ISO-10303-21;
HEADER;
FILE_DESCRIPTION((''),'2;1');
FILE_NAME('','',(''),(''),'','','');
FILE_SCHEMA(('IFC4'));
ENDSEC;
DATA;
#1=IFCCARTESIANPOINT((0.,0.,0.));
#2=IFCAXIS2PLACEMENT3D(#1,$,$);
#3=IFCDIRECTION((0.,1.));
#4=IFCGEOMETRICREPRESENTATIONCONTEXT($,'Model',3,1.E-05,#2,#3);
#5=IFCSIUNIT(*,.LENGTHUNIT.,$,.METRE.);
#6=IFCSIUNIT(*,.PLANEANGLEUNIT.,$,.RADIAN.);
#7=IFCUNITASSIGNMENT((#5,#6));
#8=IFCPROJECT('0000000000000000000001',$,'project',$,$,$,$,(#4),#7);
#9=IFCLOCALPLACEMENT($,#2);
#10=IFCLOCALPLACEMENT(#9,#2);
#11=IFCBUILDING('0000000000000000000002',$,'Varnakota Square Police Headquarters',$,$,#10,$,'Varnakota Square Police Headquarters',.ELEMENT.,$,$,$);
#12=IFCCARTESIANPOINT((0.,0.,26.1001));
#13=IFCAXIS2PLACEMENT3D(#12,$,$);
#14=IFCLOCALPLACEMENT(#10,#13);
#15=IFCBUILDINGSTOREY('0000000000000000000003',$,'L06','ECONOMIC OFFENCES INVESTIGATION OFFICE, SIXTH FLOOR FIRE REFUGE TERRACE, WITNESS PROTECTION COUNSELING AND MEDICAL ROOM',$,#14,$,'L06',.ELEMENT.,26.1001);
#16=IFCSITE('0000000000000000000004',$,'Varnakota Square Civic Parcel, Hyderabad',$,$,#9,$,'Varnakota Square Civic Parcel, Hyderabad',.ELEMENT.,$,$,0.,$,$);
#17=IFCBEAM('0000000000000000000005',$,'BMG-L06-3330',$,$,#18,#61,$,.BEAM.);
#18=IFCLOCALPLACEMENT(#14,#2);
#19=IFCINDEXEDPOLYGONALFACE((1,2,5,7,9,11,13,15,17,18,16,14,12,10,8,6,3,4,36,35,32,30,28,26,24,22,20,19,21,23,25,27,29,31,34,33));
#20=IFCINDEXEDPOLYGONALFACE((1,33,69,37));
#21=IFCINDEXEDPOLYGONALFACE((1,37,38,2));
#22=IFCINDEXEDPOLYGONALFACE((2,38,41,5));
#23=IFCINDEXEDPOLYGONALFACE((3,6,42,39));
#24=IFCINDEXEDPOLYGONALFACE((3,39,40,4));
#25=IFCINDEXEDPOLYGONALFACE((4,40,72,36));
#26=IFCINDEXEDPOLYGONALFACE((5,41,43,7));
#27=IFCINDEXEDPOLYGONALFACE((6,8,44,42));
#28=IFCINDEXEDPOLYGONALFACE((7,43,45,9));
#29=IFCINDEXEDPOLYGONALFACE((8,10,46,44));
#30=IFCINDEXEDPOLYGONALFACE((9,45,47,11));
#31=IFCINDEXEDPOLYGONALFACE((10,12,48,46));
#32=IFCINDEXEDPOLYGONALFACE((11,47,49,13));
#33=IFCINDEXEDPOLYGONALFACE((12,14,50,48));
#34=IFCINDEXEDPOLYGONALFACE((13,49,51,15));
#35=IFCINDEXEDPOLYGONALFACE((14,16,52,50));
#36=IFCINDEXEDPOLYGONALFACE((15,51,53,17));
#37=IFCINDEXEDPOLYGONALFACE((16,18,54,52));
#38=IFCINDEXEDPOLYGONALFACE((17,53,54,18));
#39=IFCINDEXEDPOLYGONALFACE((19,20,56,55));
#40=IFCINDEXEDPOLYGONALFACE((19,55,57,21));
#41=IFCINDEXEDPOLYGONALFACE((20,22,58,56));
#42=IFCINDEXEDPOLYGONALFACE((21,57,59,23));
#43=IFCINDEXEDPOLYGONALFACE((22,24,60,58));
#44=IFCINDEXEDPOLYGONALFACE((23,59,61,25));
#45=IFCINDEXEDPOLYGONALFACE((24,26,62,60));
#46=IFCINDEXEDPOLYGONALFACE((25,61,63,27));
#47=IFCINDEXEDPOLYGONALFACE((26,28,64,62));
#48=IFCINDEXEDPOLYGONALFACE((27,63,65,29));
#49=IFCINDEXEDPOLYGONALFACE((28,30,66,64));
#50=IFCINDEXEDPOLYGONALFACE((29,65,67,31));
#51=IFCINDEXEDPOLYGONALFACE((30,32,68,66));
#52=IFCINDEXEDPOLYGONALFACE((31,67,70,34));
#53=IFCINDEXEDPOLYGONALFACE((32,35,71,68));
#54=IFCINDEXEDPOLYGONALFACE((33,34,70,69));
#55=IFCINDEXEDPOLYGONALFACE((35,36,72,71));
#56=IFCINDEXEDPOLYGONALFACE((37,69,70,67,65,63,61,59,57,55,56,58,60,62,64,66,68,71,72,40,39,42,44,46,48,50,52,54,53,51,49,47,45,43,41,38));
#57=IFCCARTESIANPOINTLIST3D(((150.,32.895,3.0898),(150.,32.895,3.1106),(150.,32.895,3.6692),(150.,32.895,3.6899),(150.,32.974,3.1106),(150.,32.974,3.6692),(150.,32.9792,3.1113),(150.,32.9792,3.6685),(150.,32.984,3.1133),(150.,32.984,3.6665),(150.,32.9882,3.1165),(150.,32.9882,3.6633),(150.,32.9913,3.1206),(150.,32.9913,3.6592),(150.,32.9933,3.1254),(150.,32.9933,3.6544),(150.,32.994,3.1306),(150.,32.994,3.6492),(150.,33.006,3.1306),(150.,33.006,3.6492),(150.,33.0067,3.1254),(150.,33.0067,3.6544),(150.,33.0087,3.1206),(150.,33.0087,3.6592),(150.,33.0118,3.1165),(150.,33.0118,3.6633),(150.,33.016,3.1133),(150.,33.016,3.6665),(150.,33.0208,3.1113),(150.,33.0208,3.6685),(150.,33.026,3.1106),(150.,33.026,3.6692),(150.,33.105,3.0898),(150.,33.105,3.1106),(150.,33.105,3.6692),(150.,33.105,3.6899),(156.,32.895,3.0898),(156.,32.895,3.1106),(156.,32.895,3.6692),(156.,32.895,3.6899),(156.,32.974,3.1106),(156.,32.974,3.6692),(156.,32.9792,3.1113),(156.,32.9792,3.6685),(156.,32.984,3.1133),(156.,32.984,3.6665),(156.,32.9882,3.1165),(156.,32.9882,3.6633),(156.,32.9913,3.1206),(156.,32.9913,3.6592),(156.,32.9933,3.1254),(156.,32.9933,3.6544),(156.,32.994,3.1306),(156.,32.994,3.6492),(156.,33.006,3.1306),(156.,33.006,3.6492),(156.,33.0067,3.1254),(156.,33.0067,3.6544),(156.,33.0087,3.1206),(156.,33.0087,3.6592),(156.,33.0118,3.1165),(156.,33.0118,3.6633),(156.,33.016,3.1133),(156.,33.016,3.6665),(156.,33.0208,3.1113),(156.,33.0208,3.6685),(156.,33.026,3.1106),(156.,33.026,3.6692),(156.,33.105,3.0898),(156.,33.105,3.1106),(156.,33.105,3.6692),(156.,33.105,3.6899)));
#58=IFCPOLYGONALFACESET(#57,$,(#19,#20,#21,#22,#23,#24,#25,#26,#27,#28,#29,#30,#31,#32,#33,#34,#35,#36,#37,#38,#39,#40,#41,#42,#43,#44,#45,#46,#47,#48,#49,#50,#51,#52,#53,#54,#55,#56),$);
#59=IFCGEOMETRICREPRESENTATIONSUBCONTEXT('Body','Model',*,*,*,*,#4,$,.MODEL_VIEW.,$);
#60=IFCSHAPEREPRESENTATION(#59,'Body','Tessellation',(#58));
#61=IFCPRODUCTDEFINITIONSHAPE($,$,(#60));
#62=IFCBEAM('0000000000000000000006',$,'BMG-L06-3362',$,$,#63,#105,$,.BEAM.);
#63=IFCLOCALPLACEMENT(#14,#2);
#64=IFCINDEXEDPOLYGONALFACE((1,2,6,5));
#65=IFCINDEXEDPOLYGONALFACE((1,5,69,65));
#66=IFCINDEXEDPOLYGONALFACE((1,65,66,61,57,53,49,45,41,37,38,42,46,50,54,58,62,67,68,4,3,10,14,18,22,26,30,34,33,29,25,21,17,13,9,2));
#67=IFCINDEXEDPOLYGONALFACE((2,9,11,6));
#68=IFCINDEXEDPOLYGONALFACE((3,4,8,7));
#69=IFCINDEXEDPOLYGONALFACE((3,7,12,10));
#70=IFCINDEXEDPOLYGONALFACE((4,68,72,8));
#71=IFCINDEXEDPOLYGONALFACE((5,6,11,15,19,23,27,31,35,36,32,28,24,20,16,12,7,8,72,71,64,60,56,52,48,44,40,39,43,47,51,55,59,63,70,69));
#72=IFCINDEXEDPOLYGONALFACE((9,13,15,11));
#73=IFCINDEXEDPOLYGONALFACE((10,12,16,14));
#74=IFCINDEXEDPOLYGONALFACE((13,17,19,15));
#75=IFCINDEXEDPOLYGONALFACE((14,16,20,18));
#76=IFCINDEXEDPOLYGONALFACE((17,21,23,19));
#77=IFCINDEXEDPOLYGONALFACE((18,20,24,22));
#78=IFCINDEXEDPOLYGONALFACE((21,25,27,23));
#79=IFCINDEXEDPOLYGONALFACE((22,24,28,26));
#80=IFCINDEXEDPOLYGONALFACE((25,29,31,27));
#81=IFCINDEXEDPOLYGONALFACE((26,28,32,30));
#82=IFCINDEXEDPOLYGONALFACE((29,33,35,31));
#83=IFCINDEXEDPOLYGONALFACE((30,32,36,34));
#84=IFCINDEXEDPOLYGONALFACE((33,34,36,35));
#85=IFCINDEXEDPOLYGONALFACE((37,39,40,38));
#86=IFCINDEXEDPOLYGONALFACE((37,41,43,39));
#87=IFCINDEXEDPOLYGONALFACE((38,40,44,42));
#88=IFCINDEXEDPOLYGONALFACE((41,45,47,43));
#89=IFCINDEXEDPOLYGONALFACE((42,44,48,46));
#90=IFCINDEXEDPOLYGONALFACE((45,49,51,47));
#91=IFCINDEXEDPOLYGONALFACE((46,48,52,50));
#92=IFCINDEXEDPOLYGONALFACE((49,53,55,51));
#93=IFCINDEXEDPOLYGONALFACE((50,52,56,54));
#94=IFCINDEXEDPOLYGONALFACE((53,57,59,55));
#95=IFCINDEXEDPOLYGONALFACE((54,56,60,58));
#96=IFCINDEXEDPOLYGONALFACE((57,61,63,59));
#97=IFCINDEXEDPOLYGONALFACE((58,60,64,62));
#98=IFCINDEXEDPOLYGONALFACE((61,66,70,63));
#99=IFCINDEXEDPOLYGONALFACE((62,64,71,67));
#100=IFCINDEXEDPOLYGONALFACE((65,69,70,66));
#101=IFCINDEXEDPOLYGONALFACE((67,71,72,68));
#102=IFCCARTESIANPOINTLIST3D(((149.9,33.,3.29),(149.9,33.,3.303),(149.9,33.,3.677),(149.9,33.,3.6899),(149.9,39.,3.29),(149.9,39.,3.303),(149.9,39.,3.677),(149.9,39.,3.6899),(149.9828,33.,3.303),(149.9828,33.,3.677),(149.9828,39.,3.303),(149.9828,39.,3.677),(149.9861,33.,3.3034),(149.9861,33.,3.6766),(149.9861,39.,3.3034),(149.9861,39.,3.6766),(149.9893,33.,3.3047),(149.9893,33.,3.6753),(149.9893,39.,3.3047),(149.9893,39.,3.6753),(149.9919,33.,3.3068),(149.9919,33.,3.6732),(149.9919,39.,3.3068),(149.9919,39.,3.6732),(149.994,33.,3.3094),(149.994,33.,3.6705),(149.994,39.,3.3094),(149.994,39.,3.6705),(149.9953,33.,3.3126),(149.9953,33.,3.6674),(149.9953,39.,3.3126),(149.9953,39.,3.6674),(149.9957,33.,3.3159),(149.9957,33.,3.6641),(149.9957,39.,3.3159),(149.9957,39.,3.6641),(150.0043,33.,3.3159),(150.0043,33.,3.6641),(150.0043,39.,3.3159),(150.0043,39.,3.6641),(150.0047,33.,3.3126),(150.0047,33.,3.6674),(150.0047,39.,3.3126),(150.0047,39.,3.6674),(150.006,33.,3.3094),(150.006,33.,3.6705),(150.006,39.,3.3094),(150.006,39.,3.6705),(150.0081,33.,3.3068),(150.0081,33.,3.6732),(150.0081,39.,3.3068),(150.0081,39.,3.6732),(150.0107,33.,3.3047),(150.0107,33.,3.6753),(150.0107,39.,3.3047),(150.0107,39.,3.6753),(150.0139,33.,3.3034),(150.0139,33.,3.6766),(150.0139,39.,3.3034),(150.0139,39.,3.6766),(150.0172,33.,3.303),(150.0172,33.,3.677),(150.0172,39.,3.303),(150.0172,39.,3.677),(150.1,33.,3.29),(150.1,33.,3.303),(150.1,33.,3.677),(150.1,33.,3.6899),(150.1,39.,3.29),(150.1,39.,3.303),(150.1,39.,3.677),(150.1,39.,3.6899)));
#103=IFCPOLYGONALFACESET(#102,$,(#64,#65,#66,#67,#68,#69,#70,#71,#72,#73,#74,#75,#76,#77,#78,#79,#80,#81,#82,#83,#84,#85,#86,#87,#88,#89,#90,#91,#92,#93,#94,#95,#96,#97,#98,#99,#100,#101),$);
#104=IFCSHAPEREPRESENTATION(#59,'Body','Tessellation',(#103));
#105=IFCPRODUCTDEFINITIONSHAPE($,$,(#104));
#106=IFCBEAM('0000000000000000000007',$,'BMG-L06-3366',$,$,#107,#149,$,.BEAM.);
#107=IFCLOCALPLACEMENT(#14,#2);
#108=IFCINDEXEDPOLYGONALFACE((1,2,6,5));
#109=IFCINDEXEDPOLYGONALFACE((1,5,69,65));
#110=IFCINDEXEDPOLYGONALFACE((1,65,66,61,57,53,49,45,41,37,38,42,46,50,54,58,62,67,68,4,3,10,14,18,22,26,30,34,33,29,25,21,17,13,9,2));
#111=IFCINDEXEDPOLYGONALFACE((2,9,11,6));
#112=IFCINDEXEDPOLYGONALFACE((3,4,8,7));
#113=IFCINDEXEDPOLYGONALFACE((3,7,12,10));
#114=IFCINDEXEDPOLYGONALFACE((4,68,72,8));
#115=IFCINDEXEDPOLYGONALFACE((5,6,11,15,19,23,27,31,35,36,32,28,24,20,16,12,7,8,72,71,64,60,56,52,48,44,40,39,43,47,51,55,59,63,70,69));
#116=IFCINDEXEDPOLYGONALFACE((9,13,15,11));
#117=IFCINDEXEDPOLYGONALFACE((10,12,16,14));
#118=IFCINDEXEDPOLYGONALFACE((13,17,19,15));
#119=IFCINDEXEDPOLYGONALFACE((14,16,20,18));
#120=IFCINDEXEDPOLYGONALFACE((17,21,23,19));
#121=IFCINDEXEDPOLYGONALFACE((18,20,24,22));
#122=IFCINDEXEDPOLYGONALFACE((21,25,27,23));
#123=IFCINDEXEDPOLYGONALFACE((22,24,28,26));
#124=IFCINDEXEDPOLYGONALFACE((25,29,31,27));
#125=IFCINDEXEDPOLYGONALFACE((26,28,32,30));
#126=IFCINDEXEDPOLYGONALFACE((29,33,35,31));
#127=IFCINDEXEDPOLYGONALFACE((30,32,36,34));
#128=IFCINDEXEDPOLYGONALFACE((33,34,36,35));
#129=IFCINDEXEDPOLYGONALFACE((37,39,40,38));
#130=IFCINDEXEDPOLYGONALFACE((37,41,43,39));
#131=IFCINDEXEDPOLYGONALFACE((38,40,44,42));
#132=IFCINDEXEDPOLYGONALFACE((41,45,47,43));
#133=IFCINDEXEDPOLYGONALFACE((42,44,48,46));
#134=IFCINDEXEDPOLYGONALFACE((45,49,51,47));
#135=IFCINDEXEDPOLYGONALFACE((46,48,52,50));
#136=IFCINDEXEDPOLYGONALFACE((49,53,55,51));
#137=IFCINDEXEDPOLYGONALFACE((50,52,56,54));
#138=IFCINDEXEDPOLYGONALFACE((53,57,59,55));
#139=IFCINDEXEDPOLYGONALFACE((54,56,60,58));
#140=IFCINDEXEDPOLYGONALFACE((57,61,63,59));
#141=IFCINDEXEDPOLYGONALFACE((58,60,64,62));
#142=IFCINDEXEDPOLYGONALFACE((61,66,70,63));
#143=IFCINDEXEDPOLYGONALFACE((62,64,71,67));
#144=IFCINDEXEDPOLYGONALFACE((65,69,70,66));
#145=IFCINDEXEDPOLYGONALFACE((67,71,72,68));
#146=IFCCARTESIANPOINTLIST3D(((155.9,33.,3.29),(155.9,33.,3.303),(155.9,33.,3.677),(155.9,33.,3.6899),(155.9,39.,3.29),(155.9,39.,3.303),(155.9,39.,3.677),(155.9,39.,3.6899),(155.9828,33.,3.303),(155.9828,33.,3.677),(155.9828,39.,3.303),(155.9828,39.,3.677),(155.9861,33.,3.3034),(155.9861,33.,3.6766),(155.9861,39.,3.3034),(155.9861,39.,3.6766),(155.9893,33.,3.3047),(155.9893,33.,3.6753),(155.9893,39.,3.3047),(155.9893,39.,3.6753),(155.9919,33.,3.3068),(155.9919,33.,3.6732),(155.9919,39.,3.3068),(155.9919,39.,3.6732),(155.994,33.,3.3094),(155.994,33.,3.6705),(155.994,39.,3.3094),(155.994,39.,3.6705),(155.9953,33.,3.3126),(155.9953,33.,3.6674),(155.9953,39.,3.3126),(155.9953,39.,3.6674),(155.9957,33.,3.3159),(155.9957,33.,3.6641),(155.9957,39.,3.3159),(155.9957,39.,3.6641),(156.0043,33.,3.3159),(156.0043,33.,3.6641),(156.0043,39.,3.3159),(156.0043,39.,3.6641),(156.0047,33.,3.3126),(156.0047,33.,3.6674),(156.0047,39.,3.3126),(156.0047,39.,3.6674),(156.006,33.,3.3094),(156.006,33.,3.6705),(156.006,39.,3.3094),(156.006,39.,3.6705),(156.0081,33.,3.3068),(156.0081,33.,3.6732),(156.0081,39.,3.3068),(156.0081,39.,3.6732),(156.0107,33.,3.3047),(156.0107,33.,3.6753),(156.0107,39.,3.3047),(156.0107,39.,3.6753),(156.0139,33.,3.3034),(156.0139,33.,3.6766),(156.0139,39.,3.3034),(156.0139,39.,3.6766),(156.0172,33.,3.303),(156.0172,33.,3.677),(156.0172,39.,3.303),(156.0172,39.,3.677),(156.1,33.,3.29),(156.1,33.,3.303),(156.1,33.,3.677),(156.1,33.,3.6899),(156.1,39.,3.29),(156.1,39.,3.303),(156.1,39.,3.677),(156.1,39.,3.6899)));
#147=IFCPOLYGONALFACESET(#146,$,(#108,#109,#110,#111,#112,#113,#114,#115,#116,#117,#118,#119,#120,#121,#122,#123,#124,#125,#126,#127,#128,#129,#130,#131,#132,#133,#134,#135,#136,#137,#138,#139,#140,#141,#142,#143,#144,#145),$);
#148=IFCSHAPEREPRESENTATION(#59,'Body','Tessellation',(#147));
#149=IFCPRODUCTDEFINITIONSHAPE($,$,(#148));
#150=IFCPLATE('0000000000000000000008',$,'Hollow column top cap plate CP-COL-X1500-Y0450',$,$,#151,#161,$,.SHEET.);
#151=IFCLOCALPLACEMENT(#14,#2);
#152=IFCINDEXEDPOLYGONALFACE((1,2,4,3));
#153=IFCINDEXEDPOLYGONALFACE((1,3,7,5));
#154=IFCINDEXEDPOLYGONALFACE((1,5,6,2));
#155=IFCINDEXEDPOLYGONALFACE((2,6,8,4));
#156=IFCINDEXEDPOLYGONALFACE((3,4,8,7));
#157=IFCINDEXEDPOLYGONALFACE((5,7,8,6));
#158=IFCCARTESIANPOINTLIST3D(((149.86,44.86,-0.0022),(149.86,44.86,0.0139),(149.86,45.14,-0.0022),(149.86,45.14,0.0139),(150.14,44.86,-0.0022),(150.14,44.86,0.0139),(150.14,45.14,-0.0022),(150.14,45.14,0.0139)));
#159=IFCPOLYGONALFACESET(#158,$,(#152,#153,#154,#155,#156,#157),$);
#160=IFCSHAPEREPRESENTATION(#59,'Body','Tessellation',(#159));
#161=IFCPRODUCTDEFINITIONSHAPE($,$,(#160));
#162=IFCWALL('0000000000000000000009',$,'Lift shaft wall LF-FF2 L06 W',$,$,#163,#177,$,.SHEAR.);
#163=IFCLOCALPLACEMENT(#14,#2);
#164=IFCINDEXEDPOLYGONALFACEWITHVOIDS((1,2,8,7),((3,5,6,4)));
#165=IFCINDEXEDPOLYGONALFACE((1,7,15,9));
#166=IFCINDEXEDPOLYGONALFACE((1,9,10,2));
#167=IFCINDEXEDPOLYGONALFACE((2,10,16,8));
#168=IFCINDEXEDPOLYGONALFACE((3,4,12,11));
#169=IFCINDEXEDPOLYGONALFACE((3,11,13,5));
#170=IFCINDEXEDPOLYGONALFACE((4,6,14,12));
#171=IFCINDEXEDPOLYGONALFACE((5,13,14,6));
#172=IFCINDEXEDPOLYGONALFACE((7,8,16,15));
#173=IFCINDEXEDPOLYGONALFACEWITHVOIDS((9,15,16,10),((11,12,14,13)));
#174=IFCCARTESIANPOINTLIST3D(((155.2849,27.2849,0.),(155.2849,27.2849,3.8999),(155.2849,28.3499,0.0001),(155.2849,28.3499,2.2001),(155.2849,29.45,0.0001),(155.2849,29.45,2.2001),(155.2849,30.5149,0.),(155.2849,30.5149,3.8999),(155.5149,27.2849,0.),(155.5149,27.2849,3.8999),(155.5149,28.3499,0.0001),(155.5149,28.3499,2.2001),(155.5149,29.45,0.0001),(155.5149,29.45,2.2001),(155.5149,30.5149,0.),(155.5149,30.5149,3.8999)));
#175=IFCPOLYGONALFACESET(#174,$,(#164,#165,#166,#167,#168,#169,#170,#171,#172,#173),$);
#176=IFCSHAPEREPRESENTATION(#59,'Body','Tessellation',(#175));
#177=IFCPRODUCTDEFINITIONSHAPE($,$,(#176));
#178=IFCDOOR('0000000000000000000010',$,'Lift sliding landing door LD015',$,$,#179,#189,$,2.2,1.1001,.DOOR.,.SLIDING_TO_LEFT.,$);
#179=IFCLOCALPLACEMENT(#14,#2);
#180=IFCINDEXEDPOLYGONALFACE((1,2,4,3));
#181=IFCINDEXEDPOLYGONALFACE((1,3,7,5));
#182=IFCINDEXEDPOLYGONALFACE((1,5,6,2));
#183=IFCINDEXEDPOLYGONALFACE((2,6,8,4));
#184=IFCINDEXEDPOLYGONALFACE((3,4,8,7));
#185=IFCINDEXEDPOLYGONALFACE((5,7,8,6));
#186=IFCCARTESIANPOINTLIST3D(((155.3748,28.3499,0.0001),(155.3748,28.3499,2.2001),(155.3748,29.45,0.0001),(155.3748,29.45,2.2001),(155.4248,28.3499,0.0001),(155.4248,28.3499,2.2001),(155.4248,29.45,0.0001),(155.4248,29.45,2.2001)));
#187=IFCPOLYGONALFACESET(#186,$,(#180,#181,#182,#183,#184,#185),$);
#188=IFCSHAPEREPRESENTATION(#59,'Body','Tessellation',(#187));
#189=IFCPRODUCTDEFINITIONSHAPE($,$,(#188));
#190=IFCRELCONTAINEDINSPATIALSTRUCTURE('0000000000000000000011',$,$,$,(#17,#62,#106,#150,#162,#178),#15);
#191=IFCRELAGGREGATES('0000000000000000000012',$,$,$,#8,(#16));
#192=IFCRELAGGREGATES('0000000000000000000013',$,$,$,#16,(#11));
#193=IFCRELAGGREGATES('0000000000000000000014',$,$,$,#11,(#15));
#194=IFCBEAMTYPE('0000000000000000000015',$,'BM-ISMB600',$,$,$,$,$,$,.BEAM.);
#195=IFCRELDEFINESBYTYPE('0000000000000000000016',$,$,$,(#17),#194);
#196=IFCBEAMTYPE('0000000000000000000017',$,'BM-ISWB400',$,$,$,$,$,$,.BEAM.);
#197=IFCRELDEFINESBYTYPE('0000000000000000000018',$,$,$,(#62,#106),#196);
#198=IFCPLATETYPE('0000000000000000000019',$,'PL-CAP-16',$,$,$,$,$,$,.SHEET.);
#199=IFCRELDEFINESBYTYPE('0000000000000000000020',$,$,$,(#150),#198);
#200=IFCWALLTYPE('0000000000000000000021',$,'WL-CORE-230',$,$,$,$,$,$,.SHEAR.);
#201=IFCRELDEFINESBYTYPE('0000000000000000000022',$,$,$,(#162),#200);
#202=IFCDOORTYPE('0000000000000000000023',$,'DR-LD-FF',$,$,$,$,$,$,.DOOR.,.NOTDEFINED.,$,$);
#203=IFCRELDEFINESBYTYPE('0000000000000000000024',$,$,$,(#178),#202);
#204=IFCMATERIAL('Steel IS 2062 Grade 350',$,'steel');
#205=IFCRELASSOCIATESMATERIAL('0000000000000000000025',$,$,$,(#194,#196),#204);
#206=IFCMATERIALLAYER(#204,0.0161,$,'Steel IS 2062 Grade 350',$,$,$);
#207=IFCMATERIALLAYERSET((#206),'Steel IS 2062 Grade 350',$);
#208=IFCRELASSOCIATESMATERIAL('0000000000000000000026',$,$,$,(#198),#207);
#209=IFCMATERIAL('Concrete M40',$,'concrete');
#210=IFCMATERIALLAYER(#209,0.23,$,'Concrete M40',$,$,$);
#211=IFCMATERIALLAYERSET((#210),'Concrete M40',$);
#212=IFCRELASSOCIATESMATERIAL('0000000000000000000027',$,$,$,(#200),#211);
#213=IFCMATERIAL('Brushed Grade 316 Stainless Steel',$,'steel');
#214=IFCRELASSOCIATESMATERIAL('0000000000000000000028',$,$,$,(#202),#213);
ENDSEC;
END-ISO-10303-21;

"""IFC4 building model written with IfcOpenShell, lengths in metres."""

from ifc_helpers import new_model, si_unit, direction, frame, frame_2d, origin, origin_2d, place, context, subcontext, project, spatial, rectangle, i_section, extrude, material, layer, layer_set, material_profile, profile_set, type_object, element, fill, save


model = new_model("IFC4")

# Units and contexts
model_context = context("Model", 3, precision=1e-05, world=origin(), true_north=direction((0.0, 1.0)))
body_context = subcontext(model_context, "Body", "Model", "MODEL_VIEW")
ifc_project = project(units=[si_unit("LENGTHUNIT", "METRE"), si_unit("PLANEANGLEUNIT", "RADIAN")], contexts=[model_context])

# Site, building, storey
site_placement = place(None, origin())
site = spatial("IfcSite", under=ifc_project, at=site_placement, Name="Varnakota Square Civic Parcel, Hyderabad", LongName="Varnakota Square Civic Parcel, Hyderabad", CompositionType="ELEMENT", RefElevation=0.0)
building_placement = place(site_placement, origin())
building = spatial("IfcBuilding", under=site, at=building_placement, Name="Varnakota Square Police Headquarters", LongName="Varnakota Square Police Headquarters", CompositionType="ELEMENT")
storey_placement = place(building_placement, frame((0.0, 0.0, 26.1001)))
storey = spatial("IfcBuildingStorey", under=building, at=storey_placement, Name="L06", Description="ECONOMIC OFFENCES INVESTIGATION OFFICE, SIXTH FLOOR FIRE REFUGE TERRACE, WITNESS PROTECTION COUNSELING AND MEDICAL ROOM", LongName="L06", CompositionType="ELEMENT", Elevation=26.1001)

# Shared definitions
ifc_material_1 = material(Name="Steel IS 2062 Grade 350", Category="steel")

# Beams
ifc_material_profile_1 = material_profile(ifc_material_1, i_section(OverallWidth=0.21, OverallDepth=0.6001, WebThickness=0.012, FlangeThickness=0.0208, FilletRadius=0.02, at=origin_2d()), Name="ISMB 600")
ifc_profile_set_1 = profile_set([ifc_material_profile_1], Name="Steel IS 2062 Grade 350")
beam_type_1 = type_object("IfcBeamType", Name="BM-ISMB600", PredefinedType="BEAM", material=ifc_profile_set_1)
beam_1_placement = place(storey_placement, frame((150.0, 33.0, 3.3899), z_axis=(1.0, 0.0, 0.0), x_axis=(0.0, 1.0, 0.0)))
element("IfcBeam", 1, at=beam_1_placement, inside=storey, type_object=beam_type_1, Name="BMG-L06-3330", PredefinedType="BEAM", context=body_context, shape_type="SweptSolid", body=[
    extrude(i_section(OverallWidth=0.21, OverallDepth=0.6001, WebThickness=0.012, FlangeThickness=0.0208, FilletRadius=0.02, at=origin_2d()), origin(), (0.0, 0.0, 1.0), 6.0),
])
ifc_material_profile_2 = material_profile(ifc_material_1, i_section(OverallWidth=0.2, OverallDepth=0.3999, WebThickness=0.0085, FlangeThickness=0.0129, FilletRadius=0.0129, at=origin_2d()), Name="ISWB 400")
ifc_profile_set_2 = profile_set([ifc_material_profile_2], Name="Steel IS 2062 Grade 350")
beam_type_2 = type_object("IfcBeamType", Name="BM-ISWB400", PredefinedType="BEAM", material=ifc_profile_set_2)
for number, where, z_axis, x_axis, name in (
    (2, (150.0, 33.0, 3.49), (0.0, 1.0, 0.0), (-1.0, 0.0, 0.0), "BMG-L06-3362"),
    (3, (156.0, 33.0, 3.49), (0.0, 1.0, 0.0), (-1.0, 0.0, 0.0), "BMG-L06-3366"),
):
    element("IfcBeam", number, at=place(storey_placement, frame(where, z_axis=z_axis, x_axis=x_axis)), inside=storey, type_object=beam_type_2, Name=name, PredefinedType="BEAM", context=body_context, shape_type="SweptSolid", body=[
        extrude(i_section(OverallWidth=0.2, OverallDepth=0.3999, WebThickness=0.0085, FlangeThickness=0.0129, FilletRadius=0.0129, at=origin_2d()), origin(), (0.0, 0.0, 1.0), 6.0),
    ])

# Plate
ifc_layer_1 = layer(ifc_material_1, 0.0161, Name="Steel IS 2062 Grade 350")
ifc_layer_set_1 = layer_set([ifc_layer_1], Name="Steel IS 2062 Grade 350")
plate_type = type_object("IfcPlateType", Name="PL-CAP-16", PredefinedType="SHEET", material=ifc_layer_set_1)
plate_placement = place(storey_placement, frame((150.0, 45.0, -0.0022), z_axis=(0.0, 0.0, 1.0), x_axis=(1.0, 0.0, 0.0)))
element("IfcPlate", 4, at=plate_placement, inside=storey, type_object=plate_type, Name="Hollow column top cap plate CP-COL-X1500-Y0450", PredefinedType="SHEET", context=body_context, shape_type="SweptSolid", body=[
    extrude(rectangle(XDim=0.28, YDim=0.28, at=origin_2d()), origin(), (0.0, 0.0, 1.0), 0.0161),
])

# Wall, opening, door
ifc_material_2 = material(Name="Concrete M40", Category="concrete")
ifc_layer_2 = layer(ifc_material_2, 0.23, Name="Concrete M40")
ifc_layer_set_2 = layer_set([ifc_layer_2], Name="Concrete M40")
wall_type_1 = type_object("IfcWallType", Name="WL-CORE-230", PredefinedType="SHEAR", material=ifc_layer_set_2)
wall_1_placement = place(storey_placement, frame((155.3999, 30.5149, 0.0), z_axis=(0.0, 0.0, 1.0), x_axis=(0.0, -1.0, 0.0)))
wall_1 = element("IfcWall", 5, at=wall_1_placement, inside=storey, type_object=wall_type_1, Name="Lift shaft wall LF-FF2 L06 W", PredefinedType="SHEAR", context=body_context, shape_type="SweptSolid", body=[
    extrude(rectangle(XDim=3.23, YDim=0.23, at=frame_2d((1.615, 0.0))), origin(), (0.0, 0.0, 1.0), 3.8999),
])
opening_1_placement = place(wall_1_placement, frame((1.0649, 0.0, 0.0)))
opening_1 = element("IfcOpeningElement", 6, at=opening_1_placement, cuts=wall_1, PredefinedType="OPENING", context=body_context, shape_type="SweptSolid", body=[
    extrude(rectangle(XDim=1.1001, YDim=2.2, at=frame_2d((0.55, 1.1001))), frame((0.0, 0.125, 0.0), z_axis=(0.0, -1.0, 0.0), x_axis=(1.0, 0.0, 0.0)), (0.0, 0.0, 1.0), 0.25),
])
ifc_material_3 = material(Name="Brushed Grade 316 Stainless Steel", Category="steel")
door_type_1 = type_object("IfcDoorType", Name="DR-LD-FF", OperationType="NOTDEFINED", PredefinedType="DOOR", material=ifc_material_3)
door_1_placement = place(opening_1_placement, origin())
door_1 = element("IfcDoor", 7, at=door_1_placement, inside=storey, type_object=door_type_1, Name="Lift sliding landing door LD015", OperationType="SLIDING_TO_LEFT", OverallHeight=2.2, OverallWidth=1.1001, PredefinedType="DOOR", context=body_context, shape_type="SweptSolid", body=[
    extrude(rectangle(XDim=1.1001, YDim=2.2, at=frame_2d((0.55, 1.1001))), frame((0.0, 0.0249, 0.0), z_axis=(0.0, -1.0, 0.0), x_axis=(1.0, 0.0, 0.0)), (0.0, 0.0, 1.0), 0.05),
])
fill(opening_1, door_1)

save(model, "model.ifc")
